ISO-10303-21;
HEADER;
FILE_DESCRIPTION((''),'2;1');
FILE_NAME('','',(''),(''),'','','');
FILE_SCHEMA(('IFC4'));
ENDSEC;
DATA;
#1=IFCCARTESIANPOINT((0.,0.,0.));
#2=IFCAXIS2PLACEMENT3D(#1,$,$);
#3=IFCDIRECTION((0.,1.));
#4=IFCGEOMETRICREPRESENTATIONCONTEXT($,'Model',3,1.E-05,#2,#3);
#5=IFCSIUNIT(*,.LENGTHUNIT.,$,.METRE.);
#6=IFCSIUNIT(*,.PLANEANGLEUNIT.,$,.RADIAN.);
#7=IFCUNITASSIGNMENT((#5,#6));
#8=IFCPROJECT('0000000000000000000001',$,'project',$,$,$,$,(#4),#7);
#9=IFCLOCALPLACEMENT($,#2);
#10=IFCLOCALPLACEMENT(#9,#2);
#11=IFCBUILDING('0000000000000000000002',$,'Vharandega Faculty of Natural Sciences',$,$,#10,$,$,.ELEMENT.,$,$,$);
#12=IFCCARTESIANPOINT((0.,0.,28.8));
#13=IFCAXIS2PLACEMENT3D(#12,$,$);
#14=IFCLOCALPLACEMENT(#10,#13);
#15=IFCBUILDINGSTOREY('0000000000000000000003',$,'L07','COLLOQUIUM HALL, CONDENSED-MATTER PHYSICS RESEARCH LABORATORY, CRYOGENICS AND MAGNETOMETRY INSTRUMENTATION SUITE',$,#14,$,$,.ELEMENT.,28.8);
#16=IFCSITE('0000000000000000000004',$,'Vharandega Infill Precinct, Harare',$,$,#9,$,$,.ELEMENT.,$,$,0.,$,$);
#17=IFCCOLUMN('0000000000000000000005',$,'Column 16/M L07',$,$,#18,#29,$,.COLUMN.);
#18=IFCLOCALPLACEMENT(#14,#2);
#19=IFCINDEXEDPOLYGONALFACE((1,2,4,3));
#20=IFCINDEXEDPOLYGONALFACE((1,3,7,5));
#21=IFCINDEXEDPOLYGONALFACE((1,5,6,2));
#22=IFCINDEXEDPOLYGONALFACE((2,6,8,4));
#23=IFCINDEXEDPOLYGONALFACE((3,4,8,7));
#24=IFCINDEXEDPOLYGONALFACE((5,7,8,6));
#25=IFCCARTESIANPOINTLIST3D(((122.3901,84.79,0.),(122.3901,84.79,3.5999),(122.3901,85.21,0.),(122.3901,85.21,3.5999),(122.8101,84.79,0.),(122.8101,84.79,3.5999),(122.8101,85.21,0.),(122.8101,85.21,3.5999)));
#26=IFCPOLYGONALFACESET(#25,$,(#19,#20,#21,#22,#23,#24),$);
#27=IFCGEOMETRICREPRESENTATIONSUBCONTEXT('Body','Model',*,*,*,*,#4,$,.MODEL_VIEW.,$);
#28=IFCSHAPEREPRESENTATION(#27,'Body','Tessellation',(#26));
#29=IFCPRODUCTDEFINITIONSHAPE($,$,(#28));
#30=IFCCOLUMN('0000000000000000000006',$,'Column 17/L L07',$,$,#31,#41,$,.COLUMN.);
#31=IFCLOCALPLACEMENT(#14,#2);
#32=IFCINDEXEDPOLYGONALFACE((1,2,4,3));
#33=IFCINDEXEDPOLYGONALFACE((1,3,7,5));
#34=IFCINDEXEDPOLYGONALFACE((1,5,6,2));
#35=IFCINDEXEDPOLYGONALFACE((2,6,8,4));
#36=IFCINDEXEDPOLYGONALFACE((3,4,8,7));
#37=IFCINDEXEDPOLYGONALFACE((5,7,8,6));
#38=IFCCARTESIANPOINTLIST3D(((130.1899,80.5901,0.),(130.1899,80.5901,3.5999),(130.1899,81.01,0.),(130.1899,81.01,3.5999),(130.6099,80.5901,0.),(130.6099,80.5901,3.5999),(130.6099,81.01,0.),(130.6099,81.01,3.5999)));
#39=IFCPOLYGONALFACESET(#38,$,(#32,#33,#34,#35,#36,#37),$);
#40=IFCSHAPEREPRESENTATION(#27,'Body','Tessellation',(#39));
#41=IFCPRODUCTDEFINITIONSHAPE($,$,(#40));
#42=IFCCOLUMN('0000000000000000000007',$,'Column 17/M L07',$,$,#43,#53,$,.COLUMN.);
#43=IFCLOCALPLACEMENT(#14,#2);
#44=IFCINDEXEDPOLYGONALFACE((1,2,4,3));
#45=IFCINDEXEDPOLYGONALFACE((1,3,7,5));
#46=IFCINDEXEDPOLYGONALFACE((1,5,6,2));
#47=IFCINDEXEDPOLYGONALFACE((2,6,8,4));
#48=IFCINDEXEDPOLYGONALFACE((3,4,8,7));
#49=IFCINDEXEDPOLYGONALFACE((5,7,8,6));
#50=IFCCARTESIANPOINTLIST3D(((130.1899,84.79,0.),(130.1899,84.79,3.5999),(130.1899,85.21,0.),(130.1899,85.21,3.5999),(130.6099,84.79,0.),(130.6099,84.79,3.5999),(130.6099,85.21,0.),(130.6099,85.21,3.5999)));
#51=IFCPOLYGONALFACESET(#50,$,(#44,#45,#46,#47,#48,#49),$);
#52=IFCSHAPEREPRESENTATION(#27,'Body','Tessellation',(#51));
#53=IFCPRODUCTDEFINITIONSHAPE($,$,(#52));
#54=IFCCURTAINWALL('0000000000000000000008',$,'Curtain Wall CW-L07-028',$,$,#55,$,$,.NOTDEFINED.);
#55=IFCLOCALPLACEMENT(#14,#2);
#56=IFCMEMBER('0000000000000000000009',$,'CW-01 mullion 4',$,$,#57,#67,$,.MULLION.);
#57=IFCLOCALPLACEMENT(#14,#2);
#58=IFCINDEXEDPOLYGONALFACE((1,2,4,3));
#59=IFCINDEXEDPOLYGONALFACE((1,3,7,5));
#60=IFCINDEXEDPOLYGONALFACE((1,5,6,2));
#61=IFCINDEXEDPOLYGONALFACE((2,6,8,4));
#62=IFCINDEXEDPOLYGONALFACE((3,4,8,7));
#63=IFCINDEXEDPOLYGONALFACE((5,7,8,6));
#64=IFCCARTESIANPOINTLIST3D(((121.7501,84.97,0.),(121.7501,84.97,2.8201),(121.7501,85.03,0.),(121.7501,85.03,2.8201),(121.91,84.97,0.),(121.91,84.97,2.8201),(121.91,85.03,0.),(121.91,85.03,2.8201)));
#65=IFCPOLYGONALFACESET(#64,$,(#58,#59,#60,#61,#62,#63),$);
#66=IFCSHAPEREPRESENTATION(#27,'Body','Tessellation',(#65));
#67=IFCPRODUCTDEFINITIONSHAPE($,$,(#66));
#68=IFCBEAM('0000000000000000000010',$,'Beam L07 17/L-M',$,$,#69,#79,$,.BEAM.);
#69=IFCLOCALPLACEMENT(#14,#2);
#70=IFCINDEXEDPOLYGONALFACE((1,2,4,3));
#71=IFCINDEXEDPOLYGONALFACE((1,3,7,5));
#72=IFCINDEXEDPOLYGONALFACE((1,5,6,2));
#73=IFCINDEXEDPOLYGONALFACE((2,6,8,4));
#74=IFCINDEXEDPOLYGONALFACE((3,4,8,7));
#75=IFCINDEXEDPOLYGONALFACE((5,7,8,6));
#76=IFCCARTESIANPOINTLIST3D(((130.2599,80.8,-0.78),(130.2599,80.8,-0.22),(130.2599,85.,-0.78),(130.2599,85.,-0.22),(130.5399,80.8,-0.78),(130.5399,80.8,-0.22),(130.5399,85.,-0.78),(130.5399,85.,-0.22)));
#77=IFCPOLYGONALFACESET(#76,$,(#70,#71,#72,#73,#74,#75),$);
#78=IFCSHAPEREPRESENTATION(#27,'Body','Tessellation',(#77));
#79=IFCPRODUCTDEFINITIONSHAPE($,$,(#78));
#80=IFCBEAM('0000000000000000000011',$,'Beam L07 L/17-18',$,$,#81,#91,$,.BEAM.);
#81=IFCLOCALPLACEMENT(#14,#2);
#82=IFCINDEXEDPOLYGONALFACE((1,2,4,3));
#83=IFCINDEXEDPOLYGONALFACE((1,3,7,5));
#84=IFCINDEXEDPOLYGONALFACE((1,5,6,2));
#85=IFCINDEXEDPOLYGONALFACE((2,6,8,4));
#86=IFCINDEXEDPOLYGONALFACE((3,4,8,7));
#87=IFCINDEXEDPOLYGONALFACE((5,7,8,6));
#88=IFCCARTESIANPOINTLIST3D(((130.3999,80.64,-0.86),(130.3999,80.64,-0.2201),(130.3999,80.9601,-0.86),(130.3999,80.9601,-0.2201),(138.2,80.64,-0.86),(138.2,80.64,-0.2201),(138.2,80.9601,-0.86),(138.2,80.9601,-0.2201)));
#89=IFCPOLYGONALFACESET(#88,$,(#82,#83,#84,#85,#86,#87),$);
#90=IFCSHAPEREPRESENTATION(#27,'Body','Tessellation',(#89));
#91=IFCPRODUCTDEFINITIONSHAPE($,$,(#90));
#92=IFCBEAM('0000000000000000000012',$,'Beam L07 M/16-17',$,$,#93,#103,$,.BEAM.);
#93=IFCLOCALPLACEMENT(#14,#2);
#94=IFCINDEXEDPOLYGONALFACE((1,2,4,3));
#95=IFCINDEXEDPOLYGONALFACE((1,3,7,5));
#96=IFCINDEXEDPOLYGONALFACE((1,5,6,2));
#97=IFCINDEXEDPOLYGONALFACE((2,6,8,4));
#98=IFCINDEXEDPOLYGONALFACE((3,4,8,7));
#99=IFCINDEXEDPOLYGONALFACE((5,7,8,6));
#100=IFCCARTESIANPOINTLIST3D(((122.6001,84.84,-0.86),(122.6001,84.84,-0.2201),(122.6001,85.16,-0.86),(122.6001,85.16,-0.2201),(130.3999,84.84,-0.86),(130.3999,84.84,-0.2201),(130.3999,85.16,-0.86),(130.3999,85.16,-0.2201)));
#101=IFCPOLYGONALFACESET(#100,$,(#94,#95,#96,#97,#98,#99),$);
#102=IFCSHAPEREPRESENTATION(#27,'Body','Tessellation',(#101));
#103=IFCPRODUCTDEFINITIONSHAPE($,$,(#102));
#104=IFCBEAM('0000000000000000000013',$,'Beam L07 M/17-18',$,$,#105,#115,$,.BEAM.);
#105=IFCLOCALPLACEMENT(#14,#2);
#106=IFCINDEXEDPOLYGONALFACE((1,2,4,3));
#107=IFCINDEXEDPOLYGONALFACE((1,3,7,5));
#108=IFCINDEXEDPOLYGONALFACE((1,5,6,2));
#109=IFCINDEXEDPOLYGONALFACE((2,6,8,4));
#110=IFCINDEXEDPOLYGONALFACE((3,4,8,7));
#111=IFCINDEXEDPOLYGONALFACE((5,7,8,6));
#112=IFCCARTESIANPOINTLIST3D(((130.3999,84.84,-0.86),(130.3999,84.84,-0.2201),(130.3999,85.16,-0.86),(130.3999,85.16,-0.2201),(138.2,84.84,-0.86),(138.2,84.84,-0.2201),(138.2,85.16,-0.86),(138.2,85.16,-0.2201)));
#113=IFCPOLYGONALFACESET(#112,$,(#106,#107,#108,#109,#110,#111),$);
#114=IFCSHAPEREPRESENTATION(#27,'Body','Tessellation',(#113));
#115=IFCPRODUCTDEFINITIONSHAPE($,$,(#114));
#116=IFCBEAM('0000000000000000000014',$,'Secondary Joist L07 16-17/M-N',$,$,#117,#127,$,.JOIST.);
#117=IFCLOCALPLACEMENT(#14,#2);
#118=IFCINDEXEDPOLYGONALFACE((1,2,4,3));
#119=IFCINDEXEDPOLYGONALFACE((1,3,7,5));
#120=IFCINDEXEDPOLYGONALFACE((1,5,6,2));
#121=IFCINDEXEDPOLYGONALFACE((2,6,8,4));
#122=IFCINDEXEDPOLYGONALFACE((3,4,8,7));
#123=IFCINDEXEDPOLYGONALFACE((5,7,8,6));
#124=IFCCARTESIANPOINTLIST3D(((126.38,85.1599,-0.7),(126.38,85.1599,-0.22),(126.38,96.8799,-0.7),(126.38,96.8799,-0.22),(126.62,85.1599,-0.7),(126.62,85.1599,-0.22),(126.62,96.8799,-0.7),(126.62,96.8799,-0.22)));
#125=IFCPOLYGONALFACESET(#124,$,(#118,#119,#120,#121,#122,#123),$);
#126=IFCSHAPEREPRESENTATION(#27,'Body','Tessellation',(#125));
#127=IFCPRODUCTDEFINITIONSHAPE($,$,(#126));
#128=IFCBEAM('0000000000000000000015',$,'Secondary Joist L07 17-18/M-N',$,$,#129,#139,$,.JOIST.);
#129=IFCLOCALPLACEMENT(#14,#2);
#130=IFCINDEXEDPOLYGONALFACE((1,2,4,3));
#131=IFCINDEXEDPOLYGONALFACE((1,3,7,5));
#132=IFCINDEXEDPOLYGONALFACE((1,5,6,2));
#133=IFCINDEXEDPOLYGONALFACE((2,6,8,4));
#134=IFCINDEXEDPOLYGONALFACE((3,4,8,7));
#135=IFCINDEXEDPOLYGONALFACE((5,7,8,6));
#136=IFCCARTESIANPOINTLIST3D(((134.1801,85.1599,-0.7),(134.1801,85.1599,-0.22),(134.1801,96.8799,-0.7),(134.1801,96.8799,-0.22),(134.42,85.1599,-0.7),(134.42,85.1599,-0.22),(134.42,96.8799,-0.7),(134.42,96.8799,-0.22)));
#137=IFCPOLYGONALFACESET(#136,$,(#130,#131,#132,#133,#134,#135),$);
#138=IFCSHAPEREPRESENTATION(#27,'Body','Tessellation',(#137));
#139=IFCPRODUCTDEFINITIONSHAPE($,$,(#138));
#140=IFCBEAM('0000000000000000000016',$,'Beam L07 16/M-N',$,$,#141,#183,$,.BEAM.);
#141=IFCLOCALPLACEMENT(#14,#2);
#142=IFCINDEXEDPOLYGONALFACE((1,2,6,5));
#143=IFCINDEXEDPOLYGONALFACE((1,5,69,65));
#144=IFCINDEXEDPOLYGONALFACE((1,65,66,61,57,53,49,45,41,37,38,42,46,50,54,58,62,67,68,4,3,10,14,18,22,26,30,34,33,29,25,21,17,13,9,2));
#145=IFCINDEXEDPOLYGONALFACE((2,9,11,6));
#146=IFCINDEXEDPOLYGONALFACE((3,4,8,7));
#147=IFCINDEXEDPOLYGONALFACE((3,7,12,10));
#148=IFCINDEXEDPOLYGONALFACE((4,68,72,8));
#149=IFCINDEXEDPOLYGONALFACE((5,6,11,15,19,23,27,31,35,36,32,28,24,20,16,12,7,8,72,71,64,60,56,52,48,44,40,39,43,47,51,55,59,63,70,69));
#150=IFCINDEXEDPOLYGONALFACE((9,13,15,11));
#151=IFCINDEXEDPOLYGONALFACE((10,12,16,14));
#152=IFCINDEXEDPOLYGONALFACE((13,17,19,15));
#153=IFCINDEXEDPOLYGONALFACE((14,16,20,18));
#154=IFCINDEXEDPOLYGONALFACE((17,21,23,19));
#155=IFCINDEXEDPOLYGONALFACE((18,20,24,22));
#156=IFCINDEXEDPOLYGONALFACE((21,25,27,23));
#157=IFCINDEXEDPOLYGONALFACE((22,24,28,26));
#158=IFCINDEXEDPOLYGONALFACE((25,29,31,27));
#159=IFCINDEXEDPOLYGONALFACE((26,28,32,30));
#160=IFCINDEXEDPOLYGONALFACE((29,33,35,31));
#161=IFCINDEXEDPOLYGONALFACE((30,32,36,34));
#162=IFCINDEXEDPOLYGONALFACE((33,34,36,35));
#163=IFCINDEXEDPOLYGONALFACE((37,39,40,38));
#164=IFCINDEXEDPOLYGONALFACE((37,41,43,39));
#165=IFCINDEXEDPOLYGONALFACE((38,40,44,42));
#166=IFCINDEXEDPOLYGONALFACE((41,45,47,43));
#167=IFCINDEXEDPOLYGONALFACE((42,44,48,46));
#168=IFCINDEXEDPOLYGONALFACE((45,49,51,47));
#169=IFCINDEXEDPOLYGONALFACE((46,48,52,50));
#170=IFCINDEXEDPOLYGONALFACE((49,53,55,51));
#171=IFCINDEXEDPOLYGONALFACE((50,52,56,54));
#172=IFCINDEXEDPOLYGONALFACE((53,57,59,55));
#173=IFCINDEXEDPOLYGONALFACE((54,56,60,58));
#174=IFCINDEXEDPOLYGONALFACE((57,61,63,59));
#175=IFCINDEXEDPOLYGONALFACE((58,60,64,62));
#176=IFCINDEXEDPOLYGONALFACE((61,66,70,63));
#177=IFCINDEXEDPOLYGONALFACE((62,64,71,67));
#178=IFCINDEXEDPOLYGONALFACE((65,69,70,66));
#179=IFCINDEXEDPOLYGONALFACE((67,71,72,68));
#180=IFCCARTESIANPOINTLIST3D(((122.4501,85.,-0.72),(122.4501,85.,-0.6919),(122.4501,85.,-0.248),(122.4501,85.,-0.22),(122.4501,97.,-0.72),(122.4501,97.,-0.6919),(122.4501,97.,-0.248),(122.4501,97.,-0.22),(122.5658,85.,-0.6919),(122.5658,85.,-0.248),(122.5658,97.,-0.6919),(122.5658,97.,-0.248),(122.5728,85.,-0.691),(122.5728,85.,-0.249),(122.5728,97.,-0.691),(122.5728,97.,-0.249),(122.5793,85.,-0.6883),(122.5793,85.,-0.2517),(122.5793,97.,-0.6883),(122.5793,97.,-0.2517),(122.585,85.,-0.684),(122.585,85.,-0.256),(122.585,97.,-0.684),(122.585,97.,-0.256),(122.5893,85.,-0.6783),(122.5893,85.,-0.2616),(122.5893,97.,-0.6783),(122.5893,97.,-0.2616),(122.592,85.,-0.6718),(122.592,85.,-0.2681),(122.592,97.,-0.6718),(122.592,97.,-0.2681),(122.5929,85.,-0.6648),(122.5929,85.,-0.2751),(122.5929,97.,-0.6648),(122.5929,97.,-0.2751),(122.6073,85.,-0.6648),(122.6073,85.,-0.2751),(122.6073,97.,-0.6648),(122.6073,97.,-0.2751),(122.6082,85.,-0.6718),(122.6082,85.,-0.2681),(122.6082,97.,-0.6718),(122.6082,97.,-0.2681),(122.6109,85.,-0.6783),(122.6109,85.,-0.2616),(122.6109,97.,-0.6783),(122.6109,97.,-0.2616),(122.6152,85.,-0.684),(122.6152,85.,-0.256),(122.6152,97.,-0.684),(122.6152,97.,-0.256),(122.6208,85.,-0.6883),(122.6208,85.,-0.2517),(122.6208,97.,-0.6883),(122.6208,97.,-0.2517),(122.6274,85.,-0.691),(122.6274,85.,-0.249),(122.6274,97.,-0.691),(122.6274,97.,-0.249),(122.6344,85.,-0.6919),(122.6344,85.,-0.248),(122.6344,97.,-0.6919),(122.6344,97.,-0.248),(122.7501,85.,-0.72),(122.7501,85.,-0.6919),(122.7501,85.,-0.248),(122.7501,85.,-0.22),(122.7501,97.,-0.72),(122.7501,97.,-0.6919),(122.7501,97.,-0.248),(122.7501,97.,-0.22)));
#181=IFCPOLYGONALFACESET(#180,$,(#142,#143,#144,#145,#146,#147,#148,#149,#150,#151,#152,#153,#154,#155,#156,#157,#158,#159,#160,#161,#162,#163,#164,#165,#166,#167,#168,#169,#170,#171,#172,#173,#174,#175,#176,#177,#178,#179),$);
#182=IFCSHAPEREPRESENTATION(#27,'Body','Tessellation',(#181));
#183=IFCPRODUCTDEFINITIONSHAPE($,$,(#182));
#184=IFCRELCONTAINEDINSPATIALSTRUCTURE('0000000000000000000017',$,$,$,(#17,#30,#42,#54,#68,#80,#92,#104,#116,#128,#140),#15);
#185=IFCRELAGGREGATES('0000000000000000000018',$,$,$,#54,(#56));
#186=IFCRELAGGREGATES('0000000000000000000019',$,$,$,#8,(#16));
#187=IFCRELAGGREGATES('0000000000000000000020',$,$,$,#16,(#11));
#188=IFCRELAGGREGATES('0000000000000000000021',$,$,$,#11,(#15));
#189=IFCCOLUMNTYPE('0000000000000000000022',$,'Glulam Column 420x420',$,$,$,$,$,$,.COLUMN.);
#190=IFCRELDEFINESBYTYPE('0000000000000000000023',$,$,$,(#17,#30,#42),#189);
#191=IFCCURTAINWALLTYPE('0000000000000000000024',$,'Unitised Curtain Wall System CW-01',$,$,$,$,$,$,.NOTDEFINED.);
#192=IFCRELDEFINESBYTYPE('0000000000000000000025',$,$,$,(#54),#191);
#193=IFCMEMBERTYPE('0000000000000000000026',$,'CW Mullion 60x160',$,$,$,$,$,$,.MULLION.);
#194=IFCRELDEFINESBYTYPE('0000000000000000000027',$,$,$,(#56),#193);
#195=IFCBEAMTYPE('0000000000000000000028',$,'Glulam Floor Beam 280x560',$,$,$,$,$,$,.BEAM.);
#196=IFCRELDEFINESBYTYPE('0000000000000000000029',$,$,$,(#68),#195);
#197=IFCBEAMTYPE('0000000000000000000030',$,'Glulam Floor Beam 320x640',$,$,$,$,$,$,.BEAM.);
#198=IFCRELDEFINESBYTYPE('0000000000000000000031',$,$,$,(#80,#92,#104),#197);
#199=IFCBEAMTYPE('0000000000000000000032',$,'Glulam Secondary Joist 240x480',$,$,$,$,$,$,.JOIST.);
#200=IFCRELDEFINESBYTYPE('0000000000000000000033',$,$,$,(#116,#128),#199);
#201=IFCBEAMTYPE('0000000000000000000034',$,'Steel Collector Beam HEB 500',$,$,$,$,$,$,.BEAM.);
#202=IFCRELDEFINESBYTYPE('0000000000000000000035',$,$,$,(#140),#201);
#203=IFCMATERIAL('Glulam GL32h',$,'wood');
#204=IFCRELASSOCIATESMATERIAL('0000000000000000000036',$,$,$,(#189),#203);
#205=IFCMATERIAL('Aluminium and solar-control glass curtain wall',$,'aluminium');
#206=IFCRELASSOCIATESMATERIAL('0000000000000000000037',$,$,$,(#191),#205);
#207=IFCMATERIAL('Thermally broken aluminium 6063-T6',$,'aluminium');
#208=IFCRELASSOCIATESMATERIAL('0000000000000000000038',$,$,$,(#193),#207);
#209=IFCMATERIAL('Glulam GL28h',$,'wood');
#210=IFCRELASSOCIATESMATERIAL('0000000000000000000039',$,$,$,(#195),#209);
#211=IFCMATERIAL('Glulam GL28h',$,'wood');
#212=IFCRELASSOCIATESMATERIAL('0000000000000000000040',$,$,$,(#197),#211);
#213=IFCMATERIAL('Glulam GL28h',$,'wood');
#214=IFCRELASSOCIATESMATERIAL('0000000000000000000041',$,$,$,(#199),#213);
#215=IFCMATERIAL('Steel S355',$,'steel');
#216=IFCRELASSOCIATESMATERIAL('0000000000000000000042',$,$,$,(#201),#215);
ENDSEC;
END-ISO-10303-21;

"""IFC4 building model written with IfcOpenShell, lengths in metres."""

from ifc_helpers import new_model, si_unit, direction, frame, origin, origin_2d, place, context, subcontext, project, spatial, rectangle, i_section, extrude, material, material_profile, profile_set, type_object, element, aggregate, save


model = new_model("IFC4")

# Units and contexts
model_context = context("Model", 3, precision=1e-05, world=origin(), true_north=direction((0.0, 1.0)))
body_context = subcontext(model_context, "Body", "Model", "MODEL_VIEW")
ifc_project = project(units=[si_unit("LENGTHUNIT", "METRE"), si_unit("PLANEANGLEUNIT", "RADIAN")], contexts=[model_context])

# Site, building, storey
site_placement = place(None, origin())
site = spatial("IfcSite", under=ifc_project, at=site_placement, Name="Vharandega Infill Precinct, Harare", CompositionType="ELEMENT", RefElevation=0.0)
building_placement = place(site_placement, origin())
building = spatial("IfcBuilding", under=site, at=building_placement, Name="Vharandega Faculty of Natural Sciences", CompositionType="ELEMENT")
storey_placement = place(building_placement, frame((0.0, 0.0, 28.8)))
storey = spatial("IfcBuildingStorey", under=building, at=storey_placement, Name="L07", Description="COLLOQUIUM HALL, CONDENSED-MATTER PHYSICS RESEARCH LABORATORY, CRYOGENICS AND MAGNETOMETRY INSTRUMENTATION SUITE", CompositionType="ELEMENT", Elevation=28.8)

# Columns
ifc_material_1 = material(Name="Glulam GL32h", Category="wood")
ifc_material_profile_1 = material_profile(ifc_material_1, rectangle(XDim=0.4199, YDim=0.4199, at=origin_2d()), Name="GL32h 420x420")
ifc_profile_set_1 = profile_set([ifc_material_profile_1], Name="Glulam GL32h")
column_type = type_object("IfcColumnType", Name="Glulam Column 420x420", PredefinedType="COLUMN", material=ifc_profile_set_1)
for number, where, z_axis, x_axis, name in (
    (1, (122.6001, 85.0, 0.0), (0.0, 0.0, 1.0), (1.0, 0.0, 0.0), "Column 16/M L07"),
    (2, (130.3999, 80.8, 0.0), (0.0, 0.0, 1.0), (1.0, 0.0, 0.0), "Column 17/L L07"),
    (3, (130.3999, 85.0, 0.0), (0.0, 0.0, 1.0), (1.0, 0.0, 0.0), "Column 17/M L07"),
):
    element("IfcColumn", number, at=place(storey_placement, frame(where, z_axis=z_axis, x_axis=x_axis)), inside=storey, type_object=column_type, Name=name, PredefinedType="COLUMN", context=body_context, shape_type="SweptSolid", body=[
        extrude(rectangle(XDim=0.4199, YDim=0.4199, at=origin_2d()), origin(), (0.0, 0.0, 1.0), 3.5999),
    ])

# Curtain wall, member
ifc_material_2 = material(Name="Aluminium and solar-control glass curtain wall", Category="aluminium")
curtain_wall_type = type_object("IfcCurtainWallType", Name="Unitised Curtain Wall System CW-01", PredefinedType="NOTDEFINED", material=ifc_material_2)
curtain_wall_placement = place(storey_placement, origin())
curtain_wall = element("IfcCurtainWall", 4, at=curtain_wall_placement, inside=storey, type_object=curtain_wall_type, Name="Curtain Wall CW-L07-028", PredefinedType="NOTDEFINED")
ifc_material_3 = material(Name="Thermally broken aluminium 6063-T6", Category="aluminium")
ifc_material_profile_2 = material_profile(ifc_material_3, rectangle(XDim=0.0601, YDim=0.1599, at=origin_2d()), Name="ALU 60x160")
ifc_profile_set_2 = profile_set([ifc_material_profile_2], Name="Thermally broken aluminium 6063-T6")
member_type = type_object("IfcMemberType", Name="CW Mullion 60x160", PredefinedType="MULLION", material=ifc_profile_set_2)
member_placement = place(storey_placement, frame((121.8301, 85.0, 0.0), z_axis=(0.0, 0.0, 1.0), x_axis=(0.0, 1.0, 0.0)))
member = element("IfcMember", 5, at=member_placement, type_object=member_type, Name="CW-01 mullion 4", PredefinedType="MULLION", context=body_context, shape_type="SweptSolid", body=[
    extrude(rectangle(XDim=0.0601, YDim=0.1599, at=origin_2d()), origin(), (0.0, 0.0, 1.0), 2.8201),
])

# Beams
ifc_material_4 = material(Name="Glulam GL28h", Category="wood")
ifc_material_profile_3 = material_profile(ifc_material_4, rectangle(XDim=0.28, YDim=0.5601, at=origin_2d()), Name="GL28h 280x560")
ifc_profile_set_3 = profile_set([ifc_material_profile_3], Name="Glulam GL28h")
beam_type_1 = type_object("IfcBeamType", Name="Glulam Floor Beam 280x560", PredefinedType="BEAM", material=ifc_profile_set_3)
beam_1_placement = place(storey_placement, frame((130.3999, 80.8, -0.5), z_axis=(0.0, 1.0, 0.0), x_axis=(-1.0, 0.0, 0.0)))
element("IfcBeam", 6, at=beam_1_placement, inside=storey, type_object=beam_type_1, Name="Beam L07 17/L-M", PredefinedType="BEAM", context=body_context, shape_type="SweptSolid", body=[
    extrude(rectangle(XDim=0.28, YDim=0.5601, at=origin_2d()), origin(), (0.0, 0.0, 1.0), 4.2),
])
ifc_material_5 = material(Name="Glulam GL28h", Category="wood")
ifc_material_profile_4 = material_profile(ifc_material_5, rectangle(XDim=0.3201, YDim=0.6399, at=origin_2d()), Name="GL28h 320x640")
ifc_profile_set_4 = profile_set([ifc_material_profile_4], Name="Glulam GL28h")
beam_type_2 = type_object("IfcBeamType", Name="Glulam Floor Beam 320x640", PredefinedType="BEAM", material=ifc_profile_set_4)
beam_2_placement = place(storey_placement, frame((130.3999, 80.8, -0.54), z_axis=(1.0, 0.0, 0.0), x_axis=(0.0, 1.0, 0.0)))
element("IfcBeam", 7, at=beam_2_placement, inside=storey, type_object=beam_type_2, Name="Beam L07 L/17-18", PredefinedType="BEAM", context=body_context, shape_type="SweptSolid", body=[
    extrude(rectangle(XDim=0.3201, YDim=0.6399, at=origin_2d()), origin(), (0.0, 0.0, 1.0), 7.8),
])
beam_3_placement = place(storey_placement, frame((122.6001, 85.0, -0.54), z_axis=(1.0, 0.0, 0.0), x_axis=(0.0, 1.0, 0.0)))
element("IfcBeam", 8, at=beam_3_placement, inside=storey, type_object=beam_type_2, Name="Beam L07 M/16-17", PredefinedType="BEAM", context=body_context, shape_type="SweptSolid", body=[
    extrude(rectangle(XDim=0.3201, YDim=0.6399, at=origin_2d()), origin(), (0.0, 0.0, 1.0), 7.7998),
])
beam_4_placement = place(storey_placement, frame((130.3999, 85.0, -0.54), z_axis=(1.0, 0.0, 0.0), x_axis=(0.0, 1.0, 0.0)))
element("IfcBeam", 9, at=beam_4_placement, inside=storey, type_object=beam_type_2, Name="Beam L07 M/17-18", PredefinedType="BEAM", context=body_context, shape_type="SweptSolid", body=[
    extrude(rectangle(XDim=0.3201, YDim=0.6399, at=origin_2d()), origin(), (0.0, 0.0, 1.0), 7.8),
])
ifc_material_6 = material(Name="Glulam GL28h", Category="wood")
ifc_material_profile_5 = material_profile(ifc_material_6, rectangle(XDim=0.24, YDim=0.48, at=origin_2d()), Name="GL28h 240x480")
ifc_profile_set_5 = profile_set([ifc_material_profile_5], Name="Glulam GL28h")
beam_type_3 = type_object("IfcBeamType", Name="Glulam Secondary Joist 240x480", PredefinedType="JOIST", material=ifc_profile_set_5)
for number, where, z_axis, x_axis, name in (
    (10, (126.5, 85.1599, -0.46), (0.0, 1.0, 0.0), (-1.0, 0.0, 0.0), "Secondary Joist L07 16-17/M-N"),
    (11, (134.3, 85.1599, -0.46), (0.0, 1.0, 0.0), (-1.0, 0.0, 0.0), "Secondary Joist L07 17-18/M-N"),
):
    element("IfcBeam", number, at=place(storey_placement, frame(where, z_axis=z_axis, x_axis=x_axis)), inside=storey, type_object=beam_type_3, Name=name, PredefinedType="JOIST", context=body_context, shape_type="SweptSolid", body=[
        extrude(rectangle(XDim=0.24, YDim=0.48, at=origin_2d()), origin(), (0.0, 0.0, 1.0), 11.72),
    ])
ifc_material_7 = material(Name="Steel S355", Category="steel")
ifc_material_profile_6 = material_profile(ifc_material_7, i_section(OverallWidth=0.3, OverallDepth=0.5, WebThickness=0.0144, FlangeThickness=0.0281, FilletRadius=0.0271, at=origin_2d()), Name="HEB 500")
ifc_profile_set_6 = profile_set([ifc_material_profile_6], Name="Steel S355")
beam_type_4 = type_object("IfcBeamType", Name="Steel Collector Beam HEB 500", PredefinedType="BEAM", material=ifc_profile_set_6)
for number, where, z_axis, x_axis, name in (
    (12, (122.6001, 85.0, -0.47), (0.0, 1.0, 0.0), (-1.0, 0.0, 0.0), "Beam L07 16/M-N"),
):
    element("IfcBeam", number, at=place(storey_placement, frame(where, z_axis=z_axis, x_axis=x_axis)), inside=storey, type_object=beam_type_4, Name=name, PredefinedType="BEAM", context=body_context, shape_type="SweptSolid", body=[
        extrude(i_section(OverallWidth=0.3, OverallDepth=0.5, WebThickness=0.0144, FlangeThickness=0.0281, FilletRadius=0.0271, at=origin_2d()), origin(), (0.0, 0.0, 1.0), 12.0),
    ])

aggregate(curtain_wall, [member])

save(model, "model.ifc")
